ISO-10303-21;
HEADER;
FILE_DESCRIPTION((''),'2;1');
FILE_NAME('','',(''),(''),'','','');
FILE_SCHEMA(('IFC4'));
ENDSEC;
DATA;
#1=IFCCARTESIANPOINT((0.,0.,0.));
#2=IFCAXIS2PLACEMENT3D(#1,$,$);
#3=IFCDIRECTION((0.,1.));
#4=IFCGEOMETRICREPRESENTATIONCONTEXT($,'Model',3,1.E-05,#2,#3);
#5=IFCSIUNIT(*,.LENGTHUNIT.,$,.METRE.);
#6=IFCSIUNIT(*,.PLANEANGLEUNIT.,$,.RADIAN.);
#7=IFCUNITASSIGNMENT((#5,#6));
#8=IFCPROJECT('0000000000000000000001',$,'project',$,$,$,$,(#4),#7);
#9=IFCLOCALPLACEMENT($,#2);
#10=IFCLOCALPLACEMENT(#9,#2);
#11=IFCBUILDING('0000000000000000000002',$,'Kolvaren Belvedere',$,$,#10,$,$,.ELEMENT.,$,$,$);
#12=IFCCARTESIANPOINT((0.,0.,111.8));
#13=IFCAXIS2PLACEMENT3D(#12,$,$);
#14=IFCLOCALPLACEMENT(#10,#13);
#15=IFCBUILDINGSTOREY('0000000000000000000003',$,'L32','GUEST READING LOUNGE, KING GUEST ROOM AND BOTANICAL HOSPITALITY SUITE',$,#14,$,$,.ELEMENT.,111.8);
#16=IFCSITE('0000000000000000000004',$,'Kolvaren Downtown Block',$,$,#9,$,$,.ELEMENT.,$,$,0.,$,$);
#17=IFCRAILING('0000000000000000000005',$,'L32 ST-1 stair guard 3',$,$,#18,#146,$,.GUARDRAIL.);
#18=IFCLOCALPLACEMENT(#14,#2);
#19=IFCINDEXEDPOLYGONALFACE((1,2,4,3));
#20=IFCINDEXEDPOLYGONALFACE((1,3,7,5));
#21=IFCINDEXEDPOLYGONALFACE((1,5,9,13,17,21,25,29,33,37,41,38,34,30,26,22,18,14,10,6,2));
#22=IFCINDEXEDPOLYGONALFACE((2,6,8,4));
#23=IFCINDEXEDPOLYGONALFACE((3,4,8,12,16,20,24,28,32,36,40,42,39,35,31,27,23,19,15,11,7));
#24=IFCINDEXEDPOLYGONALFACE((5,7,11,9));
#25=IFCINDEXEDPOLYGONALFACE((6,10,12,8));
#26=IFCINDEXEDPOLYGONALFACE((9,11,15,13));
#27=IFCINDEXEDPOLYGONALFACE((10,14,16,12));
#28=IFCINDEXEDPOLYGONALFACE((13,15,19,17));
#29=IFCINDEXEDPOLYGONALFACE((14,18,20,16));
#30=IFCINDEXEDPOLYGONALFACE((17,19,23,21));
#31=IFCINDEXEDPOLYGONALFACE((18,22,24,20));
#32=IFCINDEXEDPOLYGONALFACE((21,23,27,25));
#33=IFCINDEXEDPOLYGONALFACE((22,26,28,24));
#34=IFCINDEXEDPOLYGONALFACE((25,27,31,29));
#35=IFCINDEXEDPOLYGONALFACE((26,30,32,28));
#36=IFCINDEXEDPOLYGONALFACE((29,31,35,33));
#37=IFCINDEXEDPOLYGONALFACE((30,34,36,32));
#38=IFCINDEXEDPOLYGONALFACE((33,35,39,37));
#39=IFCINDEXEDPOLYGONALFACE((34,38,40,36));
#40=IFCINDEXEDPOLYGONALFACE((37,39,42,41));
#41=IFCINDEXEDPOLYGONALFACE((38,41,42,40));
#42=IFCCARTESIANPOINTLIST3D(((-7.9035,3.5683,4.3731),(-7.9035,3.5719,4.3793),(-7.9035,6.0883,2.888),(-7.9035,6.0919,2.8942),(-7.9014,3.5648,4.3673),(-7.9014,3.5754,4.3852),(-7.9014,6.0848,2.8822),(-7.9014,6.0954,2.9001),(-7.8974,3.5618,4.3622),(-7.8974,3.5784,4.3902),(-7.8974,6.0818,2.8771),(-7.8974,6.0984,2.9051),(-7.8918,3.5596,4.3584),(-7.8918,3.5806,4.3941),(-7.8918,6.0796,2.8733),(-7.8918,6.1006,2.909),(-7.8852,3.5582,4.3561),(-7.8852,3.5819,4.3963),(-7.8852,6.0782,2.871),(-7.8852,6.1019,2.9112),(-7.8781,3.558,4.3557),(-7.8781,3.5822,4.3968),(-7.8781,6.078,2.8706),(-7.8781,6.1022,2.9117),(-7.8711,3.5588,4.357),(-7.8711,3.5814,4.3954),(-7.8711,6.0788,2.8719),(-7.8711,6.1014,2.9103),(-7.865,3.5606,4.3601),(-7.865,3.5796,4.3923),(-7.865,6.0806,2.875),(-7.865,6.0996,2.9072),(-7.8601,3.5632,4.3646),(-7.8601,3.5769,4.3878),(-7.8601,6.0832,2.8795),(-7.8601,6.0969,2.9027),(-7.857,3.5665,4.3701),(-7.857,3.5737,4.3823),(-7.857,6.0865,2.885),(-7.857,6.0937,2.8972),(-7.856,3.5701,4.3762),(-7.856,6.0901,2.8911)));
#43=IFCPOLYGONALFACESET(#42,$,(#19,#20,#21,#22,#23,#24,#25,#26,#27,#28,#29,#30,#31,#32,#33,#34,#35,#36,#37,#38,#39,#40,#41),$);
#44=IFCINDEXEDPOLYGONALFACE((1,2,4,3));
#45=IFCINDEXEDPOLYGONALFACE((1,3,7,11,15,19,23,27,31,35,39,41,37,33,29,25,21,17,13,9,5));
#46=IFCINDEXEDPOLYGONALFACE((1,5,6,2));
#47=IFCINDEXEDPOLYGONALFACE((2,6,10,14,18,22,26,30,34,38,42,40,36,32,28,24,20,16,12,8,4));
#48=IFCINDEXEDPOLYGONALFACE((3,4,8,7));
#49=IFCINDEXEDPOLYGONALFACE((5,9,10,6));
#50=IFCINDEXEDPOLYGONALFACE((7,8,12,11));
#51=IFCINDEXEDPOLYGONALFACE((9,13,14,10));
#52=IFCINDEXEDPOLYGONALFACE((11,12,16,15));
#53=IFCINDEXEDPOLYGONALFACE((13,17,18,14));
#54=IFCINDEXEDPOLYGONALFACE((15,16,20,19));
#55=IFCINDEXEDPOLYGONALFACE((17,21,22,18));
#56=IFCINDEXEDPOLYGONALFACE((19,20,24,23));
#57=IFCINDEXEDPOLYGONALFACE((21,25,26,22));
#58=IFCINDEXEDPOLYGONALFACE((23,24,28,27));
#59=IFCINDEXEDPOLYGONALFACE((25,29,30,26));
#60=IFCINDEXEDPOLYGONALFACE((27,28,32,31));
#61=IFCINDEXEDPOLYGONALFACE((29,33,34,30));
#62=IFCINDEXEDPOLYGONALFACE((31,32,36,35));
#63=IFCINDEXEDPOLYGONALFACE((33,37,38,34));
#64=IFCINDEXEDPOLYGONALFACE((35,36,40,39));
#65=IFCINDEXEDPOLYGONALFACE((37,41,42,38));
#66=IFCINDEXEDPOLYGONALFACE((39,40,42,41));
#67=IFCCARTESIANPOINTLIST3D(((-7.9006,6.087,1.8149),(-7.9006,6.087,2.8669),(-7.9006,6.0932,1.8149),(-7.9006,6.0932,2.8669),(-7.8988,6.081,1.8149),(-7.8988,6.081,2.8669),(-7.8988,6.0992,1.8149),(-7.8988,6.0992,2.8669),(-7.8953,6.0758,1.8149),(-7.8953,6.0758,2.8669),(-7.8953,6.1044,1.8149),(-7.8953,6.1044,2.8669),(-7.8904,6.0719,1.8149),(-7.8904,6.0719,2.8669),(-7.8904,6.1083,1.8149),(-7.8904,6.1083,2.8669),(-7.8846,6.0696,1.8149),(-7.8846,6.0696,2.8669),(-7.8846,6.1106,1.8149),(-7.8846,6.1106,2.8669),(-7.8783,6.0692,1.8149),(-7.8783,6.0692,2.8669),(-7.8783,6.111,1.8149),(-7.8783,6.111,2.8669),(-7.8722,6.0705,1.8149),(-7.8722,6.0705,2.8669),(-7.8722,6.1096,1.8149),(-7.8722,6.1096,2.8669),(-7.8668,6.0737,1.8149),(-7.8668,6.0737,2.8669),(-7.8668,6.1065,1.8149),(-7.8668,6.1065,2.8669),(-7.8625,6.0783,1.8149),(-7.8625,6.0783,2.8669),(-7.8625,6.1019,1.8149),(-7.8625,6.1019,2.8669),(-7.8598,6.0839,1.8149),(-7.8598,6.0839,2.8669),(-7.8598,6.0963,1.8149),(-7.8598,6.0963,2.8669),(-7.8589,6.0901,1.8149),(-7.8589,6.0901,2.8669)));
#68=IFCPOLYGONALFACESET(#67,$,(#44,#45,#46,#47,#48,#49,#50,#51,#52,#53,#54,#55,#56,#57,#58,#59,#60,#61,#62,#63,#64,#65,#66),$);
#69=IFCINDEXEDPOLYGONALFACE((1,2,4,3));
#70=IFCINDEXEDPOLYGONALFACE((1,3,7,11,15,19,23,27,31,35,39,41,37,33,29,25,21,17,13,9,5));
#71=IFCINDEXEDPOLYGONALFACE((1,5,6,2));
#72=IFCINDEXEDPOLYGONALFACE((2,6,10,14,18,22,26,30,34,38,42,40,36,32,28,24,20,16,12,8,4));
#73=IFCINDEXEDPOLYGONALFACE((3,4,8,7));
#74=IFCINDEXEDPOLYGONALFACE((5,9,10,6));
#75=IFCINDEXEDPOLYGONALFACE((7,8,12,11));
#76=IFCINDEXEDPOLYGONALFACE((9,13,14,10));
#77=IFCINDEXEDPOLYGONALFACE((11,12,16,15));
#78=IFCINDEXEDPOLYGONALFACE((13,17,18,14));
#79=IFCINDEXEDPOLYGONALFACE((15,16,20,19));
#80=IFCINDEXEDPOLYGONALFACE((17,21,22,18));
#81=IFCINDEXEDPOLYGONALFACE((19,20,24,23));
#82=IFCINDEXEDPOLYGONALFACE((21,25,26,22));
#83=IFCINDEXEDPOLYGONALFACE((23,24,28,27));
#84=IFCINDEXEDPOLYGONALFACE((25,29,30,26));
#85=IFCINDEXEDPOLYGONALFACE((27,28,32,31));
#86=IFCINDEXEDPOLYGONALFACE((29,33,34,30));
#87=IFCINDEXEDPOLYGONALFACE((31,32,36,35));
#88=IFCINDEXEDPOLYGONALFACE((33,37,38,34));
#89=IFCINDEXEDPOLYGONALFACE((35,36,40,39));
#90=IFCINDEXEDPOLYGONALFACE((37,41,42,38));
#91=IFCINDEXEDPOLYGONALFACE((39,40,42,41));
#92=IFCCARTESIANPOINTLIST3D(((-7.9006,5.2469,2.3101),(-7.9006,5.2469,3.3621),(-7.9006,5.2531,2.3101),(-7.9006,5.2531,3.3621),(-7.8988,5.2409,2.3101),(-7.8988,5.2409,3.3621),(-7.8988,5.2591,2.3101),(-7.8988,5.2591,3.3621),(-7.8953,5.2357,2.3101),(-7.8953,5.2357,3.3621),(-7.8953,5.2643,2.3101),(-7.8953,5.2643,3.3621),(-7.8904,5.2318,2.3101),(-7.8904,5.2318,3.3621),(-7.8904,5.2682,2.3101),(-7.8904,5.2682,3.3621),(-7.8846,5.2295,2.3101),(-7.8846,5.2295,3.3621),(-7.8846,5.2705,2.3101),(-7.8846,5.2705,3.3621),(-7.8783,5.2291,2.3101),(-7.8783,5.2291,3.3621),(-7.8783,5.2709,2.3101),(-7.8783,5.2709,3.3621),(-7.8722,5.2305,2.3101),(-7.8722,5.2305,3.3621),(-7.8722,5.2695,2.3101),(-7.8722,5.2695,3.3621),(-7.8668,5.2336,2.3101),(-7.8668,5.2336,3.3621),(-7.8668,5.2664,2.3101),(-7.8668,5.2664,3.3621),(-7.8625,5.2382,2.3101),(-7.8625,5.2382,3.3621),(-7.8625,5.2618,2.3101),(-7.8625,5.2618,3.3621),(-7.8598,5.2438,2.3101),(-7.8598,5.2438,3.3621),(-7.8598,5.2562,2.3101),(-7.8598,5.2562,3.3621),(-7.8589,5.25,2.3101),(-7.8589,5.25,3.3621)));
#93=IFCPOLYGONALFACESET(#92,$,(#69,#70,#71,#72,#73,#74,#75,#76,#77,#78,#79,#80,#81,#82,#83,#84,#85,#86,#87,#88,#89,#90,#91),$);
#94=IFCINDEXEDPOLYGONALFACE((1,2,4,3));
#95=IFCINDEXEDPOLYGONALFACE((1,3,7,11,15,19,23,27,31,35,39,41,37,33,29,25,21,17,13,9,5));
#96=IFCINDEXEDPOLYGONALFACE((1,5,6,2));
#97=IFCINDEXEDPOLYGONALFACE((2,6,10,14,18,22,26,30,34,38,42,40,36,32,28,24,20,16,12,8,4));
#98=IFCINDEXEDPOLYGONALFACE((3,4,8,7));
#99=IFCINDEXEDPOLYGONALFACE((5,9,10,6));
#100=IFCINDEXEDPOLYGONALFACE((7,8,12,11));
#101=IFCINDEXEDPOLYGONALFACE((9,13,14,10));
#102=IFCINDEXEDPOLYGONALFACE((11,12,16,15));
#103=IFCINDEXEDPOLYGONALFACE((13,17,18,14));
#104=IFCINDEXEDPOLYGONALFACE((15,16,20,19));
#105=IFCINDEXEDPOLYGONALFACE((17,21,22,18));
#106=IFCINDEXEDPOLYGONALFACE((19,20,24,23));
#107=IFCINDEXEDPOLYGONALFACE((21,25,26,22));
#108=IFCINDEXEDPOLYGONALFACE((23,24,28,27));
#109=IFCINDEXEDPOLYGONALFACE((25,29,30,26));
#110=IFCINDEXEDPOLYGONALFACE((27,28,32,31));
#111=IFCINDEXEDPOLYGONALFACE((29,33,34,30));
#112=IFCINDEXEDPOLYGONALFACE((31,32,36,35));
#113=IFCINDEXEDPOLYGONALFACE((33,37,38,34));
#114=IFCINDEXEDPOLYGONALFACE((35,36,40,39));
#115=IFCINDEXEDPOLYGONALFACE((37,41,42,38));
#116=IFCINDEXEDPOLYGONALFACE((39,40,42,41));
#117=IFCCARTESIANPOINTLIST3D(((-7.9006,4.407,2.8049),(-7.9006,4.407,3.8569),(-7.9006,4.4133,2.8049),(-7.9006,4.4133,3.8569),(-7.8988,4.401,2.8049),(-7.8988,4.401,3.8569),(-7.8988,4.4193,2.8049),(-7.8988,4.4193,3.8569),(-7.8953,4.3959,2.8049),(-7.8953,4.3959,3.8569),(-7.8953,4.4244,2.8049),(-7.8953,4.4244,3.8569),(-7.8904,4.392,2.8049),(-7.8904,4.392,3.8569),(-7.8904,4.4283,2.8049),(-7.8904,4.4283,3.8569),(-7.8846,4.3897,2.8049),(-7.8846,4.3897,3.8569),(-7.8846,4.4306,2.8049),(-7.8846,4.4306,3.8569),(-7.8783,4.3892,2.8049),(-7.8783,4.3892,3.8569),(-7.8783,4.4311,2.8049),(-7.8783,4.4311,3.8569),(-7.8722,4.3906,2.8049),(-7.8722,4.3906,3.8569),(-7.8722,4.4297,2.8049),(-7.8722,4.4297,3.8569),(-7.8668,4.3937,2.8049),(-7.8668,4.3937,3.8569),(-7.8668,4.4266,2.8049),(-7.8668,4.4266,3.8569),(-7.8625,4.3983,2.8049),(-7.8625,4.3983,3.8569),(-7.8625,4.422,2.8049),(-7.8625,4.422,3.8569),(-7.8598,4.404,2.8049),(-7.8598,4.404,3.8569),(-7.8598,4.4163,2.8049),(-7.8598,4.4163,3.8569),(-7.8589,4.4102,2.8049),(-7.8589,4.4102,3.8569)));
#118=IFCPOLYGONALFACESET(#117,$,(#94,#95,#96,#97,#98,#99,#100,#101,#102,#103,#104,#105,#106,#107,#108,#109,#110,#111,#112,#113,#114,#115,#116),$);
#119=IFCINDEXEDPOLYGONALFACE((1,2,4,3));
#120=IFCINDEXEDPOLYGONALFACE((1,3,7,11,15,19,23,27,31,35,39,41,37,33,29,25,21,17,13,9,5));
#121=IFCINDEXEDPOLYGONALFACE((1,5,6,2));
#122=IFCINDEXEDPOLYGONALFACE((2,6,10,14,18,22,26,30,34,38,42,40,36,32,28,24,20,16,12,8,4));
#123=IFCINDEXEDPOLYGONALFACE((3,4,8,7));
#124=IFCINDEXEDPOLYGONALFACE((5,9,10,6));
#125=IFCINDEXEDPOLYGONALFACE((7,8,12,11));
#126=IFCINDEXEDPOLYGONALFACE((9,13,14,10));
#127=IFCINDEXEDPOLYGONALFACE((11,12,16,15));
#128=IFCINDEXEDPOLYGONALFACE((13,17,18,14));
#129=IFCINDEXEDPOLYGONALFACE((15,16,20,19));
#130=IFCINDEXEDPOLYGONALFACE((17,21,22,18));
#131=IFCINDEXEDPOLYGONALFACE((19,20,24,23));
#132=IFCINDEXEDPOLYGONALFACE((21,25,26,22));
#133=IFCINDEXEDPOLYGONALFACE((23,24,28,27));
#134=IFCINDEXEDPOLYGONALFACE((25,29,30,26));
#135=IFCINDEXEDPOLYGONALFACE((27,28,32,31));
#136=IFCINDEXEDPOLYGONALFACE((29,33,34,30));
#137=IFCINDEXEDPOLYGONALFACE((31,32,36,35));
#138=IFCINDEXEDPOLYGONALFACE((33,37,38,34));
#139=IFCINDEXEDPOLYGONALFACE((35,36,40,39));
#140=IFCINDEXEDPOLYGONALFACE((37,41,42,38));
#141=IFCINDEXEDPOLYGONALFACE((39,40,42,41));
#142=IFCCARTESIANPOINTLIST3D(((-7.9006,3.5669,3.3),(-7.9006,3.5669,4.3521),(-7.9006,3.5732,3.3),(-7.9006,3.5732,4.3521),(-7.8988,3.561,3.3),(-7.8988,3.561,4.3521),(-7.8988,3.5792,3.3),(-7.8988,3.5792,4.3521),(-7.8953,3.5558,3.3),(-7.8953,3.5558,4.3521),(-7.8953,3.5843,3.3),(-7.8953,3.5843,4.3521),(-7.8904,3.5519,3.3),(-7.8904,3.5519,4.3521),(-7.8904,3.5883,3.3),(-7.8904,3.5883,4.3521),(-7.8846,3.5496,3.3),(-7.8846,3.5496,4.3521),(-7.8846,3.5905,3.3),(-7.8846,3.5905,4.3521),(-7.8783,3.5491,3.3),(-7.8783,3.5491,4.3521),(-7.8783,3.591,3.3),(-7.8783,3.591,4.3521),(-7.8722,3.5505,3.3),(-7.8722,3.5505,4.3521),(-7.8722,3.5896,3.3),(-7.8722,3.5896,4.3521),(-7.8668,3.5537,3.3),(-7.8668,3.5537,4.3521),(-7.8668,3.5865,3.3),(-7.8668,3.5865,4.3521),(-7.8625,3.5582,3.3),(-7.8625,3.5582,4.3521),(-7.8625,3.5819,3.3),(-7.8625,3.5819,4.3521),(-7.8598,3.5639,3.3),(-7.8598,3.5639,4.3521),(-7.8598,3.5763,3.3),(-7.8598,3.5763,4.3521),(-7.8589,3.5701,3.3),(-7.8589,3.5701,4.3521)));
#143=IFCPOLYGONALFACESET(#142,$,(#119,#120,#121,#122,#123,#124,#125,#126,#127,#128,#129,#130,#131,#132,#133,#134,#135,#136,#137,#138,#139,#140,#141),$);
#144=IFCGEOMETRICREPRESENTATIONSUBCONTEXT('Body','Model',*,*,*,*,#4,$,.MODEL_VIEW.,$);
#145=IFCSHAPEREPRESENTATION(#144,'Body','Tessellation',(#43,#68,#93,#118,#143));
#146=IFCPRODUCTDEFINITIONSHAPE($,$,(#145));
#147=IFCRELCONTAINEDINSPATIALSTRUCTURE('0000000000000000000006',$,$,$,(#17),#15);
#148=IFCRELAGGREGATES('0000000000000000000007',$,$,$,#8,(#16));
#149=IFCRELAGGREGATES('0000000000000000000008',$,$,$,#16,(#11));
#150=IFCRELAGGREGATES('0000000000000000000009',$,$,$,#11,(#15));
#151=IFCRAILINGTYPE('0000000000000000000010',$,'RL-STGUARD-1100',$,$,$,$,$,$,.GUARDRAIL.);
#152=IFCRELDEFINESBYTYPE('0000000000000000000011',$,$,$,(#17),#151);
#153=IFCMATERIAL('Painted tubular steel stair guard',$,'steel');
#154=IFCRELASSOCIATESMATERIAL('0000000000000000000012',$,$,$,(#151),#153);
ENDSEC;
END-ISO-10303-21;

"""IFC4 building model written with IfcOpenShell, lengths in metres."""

from ifc_helpers import new_model, si_unit, direction, frame, origin, origin_2d, place, context, subcontext, project, spatial, circle, extrude, material, type_object, element, save


model = new_model("IFC4")

# Units and contexts
model_context = context("Model", 3, precision=1e-05, world=origin(), true_north=direction((0.0, 1.0)))
body_context = subcontext(model_context, "Body", "Model", "MODEL_VIEW")
ifc_project = project(units=[si_unit("LENGTHUNIT", "METRE"), si_unit("PLANEANGLEUNIT", "RADIAN")], contexts=[model_context])

# Site, building, storey
site_placement = place(None, origin())
site = spatial("IfcSite", under=ifc_project, at=site_placement, Name="Kolvaren Downtown Block", CompositionType="ELEMENT", RefElevation=0.0)
building_placement = place(site_placement, origin())
building = spatial("IfcBuilding", under=site, at=building_placement, Name="Kolvaren Belvedere", CompositionType="ELEMENT")
storey_placement = place(building_placement, frame((0.0, 0.0, 111.8)))
storey = spatial("IfcBuildingStorey", under=building, at=storey_placement, Name="L32", Description="GUEST READING LOUNGE, KING GUEST ROOM AND BOTANICAL HOSPITALITY SUITE", CompositionType="ELEMENT", Elevation=111.8)

# Railing
ifc_material_1 = material(Name="Painted tubular steel stair guard", Category="steel")
railing_type_1 = type_object("IfcRailingType", Name="RL-STGUARD-1100", PredefinedType="GUARDRAIL", material=ifc_material_1)
railing_1_placement = place(storey_placement, frame((-7.8799, 6.0901, 1.8149)))
element("IfcRailing", 1, at=railing_1_placement, inside=storey, type_object=railing_type_1, Name="L32 ST-1 stair guard 3", PredefinedType="GUARDRAIL", context=body_context, shape_type="SweptSolid", body=[
    extrude(circle(Radius=0.0239, at=origin_2d()), frame((0.0, 0.0, 1.0762), z_axis=(0.0, -0.861524, 0.507717), x_axis=(1.0, 0.0, 0.0)), (0.0, 0.0, 1.0), 2.925),
    extrude(circle(Radius=0.021, at=origin_2d()), origin(), (0.0, 0.0, 1.0), 1.052),
    extrude(circle(Radius=0.021, at=origin_2d()), frame((0.0, -0.8401, 0.4951)), (0.0, 0.0, 1.0), 1.052),
    extrude(circle(Radius=0.021, at=origin_2d()), frame((0.0, -1.6799, 0.99)), (0.0, 0.0, 1.0), 1.052),
    extrude(circle(Radius=0.021, at=origin_2d()), frame((0.0, -2.52, 1.4851)), (0.0, 0.0, 1.0), 1.052),
])

save(model, "model.ifc")
